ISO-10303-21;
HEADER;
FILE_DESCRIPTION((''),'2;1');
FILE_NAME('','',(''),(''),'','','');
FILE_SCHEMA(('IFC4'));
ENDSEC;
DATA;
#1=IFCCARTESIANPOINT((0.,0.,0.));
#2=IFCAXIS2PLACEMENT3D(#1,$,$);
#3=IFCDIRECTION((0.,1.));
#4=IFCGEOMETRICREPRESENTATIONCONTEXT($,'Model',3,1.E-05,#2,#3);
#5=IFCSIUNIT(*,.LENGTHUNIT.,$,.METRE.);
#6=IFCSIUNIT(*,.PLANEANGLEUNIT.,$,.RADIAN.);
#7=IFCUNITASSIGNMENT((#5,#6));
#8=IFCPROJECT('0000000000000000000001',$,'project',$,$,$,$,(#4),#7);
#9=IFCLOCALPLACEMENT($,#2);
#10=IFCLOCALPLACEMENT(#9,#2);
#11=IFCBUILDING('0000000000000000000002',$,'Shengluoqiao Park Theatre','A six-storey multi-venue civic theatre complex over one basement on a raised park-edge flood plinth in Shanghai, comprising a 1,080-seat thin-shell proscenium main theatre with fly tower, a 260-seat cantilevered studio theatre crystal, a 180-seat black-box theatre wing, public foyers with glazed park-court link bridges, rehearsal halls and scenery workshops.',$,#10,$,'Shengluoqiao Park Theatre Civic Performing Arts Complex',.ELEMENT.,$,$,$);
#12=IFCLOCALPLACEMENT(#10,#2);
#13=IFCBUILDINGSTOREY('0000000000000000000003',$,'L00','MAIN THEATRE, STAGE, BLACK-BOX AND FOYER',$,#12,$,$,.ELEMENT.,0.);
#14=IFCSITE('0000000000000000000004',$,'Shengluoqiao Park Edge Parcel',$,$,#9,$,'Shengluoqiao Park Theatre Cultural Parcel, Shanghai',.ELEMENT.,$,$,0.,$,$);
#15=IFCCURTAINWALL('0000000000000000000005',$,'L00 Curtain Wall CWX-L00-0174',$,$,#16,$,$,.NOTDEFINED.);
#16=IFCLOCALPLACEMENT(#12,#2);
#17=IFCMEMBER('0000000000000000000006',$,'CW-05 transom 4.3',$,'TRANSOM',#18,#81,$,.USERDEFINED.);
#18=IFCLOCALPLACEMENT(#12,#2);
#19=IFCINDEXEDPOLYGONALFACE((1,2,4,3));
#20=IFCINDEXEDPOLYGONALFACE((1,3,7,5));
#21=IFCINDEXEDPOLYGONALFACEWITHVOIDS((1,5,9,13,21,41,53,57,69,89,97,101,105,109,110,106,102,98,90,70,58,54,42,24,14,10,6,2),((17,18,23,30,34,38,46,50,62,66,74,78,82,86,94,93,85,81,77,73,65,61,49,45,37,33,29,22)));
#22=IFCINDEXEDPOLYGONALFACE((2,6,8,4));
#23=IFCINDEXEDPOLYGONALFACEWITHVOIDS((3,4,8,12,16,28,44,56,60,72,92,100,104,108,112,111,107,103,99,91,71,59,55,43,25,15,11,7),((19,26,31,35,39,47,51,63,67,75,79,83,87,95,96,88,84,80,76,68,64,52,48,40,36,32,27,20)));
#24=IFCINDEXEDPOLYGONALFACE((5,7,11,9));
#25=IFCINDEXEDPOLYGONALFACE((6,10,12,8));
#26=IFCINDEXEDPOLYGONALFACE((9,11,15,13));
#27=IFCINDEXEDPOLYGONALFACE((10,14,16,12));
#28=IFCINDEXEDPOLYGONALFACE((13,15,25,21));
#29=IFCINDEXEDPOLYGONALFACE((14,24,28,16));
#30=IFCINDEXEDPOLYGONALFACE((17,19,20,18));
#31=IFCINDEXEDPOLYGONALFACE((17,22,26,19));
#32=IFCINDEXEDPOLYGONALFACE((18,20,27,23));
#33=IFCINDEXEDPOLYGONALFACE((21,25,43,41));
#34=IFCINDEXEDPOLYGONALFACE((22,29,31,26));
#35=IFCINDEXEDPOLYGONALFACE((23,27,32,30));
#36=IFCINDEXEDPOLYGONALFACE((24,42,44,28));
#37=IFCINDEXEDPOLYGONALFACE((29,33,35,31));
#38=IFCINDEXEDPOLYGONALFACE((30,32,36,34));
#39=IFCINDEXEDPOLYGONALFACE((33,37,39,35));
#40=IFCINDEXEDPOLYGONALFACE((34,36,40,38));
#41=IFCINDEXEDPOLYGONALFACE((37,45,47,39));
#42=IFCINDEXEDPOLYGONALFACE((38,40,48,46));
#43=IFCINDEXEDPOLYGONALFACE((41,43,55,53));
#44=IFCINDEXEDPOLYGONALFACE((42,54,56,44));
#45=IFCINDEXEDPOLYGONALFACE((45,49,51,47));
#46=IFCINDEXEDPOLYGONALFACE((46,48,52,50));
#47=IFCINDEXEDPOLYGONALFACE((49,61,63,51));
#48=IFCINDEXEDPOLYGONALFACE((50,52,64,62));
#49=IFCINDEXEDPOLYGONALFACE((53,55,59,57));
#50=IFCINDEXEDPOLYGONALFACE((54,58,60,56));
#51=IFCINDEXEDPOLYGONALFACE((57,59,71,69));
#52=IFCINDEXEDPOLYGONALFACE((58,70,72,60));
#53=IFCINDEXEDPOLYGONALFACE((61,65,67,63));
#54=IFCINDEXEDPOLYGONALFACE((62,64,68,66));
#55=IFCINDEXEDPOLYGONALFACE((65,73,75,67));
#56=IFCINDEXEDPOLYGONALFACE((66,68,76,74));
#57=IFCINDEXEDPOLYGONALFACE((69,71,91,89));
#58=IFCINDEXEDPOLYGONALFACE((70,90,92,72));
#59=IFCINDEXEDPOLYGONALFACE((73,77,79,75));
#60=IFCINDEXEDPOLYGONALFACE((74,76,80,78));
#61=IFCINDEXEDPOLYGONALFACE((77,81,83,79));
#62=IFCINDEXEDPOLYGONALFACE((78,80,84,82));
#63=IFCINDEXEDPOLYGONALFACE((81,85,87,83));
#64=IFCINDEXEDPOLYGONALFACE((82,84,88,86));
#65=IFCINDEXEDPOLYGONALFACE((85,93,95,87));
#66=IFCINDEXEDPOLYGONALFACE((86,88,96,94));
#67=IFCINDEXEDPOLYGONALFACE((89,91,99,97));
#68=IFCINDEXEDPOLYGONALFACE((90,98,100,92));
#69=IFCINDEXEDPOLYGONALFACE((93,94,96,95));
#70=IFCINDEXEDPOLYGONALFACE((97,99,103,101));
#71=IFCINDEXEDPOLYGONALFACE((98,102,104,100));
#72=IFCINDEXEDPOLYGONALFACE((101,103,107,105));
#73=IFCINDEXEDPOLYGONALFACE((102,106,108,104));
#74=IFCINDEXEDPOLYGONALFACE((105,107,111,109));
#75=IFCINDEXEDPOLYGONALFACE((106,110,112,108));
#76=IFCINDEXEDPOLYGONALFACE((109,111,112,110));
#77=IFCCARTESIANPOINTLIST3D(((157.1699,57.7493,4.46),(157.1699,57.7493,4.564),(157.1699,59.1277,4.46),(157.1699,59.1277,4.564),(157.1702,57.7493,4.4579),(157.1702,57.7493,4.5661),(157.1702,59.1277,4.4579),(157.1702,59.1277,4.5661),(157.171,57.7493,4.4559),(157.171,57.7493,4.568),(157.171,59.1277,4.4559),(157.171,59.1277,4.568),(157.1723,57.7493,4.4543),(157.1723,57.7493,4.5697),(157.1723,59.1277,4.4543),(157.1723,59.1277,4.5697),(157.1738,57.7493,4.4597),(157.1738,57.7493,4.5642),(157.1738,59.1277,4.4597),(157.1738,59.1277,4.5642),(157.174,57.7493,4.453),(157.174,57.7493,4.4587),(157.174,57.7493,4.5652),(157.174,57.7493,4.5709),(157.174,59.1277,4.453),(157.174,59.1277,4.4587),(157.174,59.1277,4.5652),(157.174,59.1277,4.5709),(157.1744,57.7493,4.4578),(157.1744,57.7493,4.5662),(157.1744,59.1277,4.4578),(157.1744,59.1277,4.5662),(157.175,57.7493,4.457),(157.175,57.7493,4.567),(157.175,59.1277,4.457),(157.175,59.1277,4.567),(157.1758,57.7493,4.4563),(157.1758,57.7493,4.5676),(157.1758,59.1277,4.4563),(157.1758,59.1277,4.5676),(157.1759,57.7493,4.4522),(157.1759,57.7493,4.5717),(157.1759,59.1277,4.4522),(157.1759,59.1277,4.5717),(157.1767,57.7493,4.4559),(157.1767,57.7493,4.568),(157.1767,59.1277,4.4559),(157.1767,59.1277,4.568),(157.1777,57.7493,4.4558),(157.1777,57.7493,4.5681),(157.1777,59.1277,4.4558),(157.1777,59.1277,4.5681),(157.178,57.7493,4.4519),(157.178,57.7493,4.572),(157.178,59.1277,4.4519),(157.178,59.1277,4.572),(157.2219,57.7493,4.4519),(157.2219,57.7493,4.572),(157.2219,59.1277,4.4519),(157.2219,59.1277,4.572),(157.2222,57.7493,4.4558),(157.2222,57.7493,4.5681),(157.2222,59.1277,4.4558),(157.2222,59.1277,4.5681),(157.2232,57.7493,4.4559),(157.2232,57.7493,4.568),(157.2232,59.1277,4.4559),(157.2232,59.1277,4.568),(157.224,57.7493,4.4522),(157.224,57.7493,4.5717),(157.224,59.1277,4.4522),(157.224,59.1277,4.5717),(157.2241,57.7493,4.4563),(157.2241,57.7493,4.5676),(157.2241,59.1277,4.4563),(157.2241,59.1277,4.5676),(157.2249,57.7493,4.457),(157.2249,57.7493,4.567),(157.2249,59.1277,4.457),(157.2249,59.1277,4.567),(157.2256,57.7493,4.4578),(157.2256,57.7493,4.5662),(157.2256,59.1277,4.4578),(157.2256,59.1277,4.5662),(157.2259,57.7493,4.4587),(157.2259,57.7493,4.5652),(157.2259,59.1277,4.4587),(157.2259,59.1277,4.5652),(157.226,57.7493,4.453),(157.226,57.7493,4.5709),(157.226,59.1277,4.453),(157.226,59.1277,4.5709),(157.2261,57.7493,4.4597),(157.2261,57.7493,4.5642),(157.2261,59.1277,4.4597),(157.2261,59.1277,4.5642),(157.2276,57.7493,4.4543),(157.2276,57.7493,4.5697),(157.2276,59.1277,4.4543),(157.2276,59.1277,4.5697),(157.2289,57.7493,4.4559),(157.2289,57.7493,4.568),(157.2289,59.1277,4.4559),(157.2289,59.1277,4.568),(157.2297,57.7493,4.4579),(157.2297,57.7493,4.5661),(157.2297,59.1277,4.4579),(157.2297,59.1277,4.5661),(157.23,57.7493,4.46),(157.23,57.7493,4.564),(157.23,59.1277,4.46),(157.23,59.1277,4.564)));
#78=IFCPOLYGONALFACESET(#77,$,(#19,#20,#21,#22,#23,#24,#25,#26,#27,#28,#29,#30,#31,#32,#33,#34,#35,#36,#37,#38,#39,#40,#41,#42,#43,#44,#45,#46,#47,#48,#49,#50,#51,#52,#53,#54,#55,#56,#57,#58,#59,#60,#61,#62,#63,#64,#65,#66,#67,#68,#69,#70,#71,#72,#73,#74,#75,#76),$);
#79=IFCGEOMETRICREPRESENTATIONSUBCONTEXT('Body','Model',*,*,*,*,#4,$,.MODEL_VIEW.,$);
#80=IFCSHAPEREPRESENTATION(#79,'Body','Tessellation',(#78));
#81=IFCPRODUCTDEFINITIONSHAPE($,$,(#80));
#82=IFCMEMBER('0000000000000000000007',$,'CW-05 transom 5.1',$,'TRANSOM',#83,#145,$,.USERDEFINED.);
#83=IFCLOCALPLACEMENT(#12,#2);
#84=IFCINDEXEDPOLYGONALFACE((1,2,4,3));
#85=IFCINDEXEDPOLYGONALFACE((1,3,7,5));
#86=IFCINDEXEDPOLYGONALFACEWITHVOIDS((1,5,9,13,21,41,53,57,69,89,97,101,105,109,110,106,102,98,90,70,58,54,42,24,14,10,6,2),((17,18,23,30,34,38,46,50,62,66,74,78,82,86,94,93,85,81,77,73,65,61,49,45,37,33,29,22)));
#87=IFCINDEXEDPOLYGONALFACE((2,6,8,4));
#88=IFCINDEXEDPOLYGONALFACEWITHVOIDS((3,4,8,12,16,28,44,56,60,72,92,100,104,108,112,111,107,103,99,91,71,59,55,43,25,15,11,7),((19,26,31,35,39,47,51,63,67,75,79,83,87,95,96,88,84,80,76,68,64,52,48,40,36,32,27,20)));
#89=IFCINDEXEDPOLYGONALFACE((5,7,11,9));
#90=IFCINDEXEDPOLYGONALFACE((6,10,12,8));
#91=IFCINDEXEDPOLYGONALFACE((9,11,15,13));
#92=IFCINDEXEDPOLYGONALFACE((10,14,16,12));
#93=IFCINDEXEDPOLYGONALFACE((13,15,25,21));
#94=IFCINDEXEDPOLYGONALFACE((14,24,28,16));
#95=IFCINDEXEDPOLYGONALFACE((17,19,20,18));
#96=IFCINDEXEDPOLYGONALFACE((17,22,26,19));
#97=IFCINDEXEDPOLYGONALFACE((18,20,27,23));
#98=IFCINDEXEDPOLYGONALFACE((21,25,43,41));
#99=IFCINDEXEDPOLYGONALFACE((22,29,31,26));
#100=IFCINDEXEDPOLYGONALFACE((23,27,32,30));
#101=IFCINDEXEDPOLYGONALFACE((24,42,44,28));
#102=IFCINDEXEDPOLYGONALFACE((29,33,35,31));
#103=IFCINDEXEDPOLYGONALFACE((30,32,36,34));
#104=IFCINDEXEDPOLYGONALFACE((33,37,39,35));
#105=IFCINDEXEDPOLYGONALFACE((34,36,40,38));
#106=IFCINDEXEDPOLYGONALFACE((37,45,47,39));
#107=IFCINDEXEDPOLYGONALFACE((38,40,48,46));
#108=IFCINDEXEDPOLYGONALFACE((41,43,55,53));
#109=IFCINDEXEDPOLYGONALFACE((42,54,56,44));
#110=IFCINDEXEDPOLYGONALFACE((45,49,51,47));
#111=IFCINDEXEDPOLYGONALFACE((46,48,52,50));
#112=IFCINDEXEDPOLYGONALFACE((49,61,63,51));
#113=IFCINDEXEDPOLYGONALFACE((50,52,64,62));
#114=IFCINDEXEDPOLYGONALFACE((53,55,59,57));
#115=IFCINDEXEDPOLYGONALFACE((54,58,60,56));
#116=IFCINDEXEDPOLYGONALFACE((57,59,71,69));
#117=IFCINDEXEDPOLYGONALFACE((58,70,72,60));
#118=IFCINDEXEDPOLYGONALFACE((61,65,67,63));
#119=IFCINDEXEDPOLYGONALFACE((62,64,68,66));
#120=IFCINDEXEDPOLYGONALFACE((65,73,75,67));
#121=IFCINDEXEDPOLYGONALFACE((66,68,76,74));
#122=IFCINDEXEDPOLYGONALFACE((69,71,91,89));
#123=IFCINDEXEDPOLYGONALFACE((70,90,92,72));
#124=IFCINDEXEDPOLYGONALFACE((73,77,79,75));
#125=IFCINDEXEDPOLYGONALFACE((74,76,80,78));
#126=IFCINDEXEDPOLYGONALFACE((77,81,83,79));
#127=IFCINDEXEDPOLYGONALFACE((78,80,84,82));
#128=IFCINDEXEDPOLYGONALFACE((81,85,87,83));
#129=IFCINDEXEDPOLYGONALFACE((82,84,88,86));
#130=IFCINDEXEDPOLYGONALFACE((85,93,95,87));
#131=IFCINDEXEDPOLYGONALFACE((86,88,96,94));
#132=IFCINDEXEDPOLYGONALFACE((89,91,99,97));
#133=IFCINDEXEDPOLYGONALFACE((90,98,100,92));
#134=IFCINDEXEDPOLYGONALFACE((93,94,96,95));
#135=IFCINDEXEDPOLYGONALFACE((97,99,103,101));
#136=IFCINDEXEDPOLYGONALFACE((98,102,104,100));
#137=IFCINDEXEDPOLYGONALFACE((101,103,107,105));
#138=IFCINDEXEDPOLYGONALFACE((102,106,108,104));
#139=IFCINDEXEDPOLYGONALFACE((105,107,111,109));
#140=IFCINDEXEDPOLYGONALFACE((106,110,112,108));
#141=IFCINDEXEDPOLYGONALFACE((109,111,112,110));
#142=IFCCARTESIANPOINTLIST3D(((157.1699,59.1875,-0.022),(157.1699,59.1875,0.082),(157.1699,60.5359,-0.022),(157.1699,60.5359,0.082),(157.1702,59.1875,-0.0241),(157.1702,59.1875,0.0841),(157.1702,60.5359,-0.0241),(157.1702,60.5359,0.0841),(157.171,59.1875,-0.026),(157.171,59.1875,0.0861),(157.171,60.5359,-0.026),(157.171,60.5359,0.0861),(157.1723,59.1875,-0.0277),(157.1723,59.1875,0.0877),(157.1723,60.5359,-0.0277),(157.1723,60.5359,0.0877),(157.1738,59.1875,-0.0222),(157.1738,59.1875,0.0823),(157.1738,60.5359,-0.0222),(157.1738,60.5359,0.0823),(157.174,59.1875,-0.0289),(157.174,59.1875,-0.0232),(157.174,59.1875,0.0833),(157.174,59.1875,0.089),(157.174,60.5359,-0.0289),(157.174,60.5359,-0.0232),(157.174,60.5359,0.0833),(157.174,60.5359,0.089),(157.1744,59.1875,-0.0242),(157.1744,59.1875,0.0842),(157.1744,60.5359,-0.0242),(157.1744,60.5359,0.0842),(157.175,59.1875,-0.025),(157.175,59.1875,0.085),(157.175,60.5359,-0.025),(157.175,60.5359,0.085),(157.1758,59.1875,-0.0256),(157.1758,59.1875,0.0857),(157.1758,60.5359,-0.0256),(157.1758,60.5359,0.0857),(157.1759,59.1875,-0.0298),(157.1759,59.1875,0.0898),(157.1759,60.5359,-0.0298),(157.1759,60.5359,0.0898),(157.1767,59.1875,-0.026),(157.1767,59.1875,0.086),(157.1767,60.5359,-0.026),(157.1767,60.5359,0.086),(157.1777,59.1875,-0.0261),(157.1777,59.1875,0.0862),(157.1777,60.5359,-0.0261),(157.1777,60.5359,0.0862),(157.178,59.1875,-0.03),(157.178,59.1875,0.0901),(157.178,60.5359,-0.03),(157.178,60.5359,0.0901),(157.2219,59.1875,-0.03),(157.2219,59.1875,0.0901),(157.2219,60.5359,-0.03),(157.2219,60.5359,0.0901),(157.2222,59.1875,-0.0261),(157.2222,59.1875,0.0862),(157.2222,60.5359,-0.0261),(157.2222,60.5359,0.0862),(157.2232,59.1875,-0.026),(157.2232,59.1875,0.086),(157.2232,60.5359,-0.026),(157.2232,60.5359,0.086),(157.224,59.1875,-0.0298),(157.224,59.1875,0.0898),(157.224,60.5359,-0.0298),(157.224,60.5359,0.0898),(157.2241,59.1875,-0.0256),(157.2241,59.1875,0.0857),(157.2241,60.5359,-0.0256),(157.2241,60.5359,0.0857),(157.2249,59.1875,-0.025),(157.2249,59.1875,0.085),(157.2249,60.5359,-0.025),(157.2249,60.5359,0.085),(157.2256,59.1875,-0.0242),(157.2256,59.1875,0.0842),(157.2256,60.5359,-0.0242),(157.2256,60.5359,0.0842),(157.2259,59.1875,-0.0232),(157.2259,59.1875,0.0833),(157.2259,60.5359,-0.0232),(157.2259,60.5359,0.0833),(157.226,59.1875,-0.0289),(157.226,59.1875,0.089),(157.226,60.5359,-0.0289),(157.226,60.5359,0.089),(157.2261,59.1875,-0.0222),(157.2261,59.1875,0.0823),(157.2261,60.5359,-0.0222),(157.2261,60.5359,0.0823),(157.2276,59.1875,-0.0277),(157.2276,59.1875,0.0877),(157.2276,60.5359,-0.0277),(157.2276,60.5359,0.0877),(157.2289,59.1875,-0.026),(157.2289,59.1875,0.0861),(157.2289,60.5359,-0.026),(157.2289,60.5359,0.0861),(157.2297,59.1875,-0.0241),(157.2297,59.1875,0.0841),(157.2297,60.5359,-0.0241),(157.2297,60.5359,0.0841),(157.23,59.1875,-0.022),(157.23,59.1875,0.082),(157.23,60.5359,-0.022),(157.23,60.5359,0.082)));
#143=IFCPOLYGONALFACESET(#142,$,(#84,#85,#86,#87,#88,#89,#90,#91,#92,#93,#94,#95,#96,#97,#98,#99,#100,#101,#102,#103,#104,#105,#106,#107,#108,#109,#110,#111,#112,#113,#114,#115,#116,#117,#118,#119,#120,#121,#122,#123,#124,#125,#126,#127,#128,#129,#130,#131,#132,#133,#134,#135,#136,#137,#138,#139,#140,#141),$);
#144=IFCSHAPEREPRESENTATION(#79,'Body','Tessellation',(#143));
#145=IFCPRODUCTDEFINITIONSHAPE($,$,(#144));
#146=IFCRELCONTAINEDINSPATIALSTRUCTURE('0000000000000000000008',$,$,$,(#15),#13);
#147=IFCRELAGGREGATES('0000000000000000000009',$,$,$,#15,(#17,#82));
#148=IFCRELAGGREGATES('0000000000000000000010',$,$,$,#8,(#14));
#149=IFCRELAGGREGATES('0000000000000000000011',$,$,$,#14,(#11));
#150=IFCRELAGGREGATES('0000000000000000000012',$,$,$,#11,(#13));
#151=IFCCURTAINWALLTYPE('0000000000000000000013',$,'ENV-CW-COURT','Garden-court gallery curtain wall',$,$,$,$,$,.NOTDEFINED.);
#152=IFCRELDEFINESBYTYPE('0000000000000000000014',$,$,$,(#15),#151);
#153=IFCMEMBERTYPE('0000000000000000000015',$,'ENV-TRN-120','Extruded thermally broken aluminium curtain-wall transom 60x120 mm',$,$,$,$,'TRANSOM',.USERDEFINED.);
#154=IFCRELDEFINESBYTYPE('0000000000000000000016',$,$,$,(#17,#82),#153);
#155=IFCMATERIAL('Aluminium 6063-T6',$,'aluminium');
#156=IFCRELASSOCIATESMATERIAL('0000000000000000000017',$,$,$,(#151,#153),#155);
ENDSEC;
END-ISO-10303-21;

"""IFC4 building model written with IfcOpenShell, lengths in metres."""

from ifc_helpers import new_model, si_unit, direction, frame, origin, origin_2d, place, context, subcontext, project, spatial, hollow_rectangle, extrude, material, material_profile, profile_set, type_object, element, aggregate, save


model = new_model("IFC4")

# Units and contexts
model_context = context("Model", 3, precision=1e-05, world=origin(), true_north=direction((0.0, 1.0)))
body_context = subcontext(model_context, "Body", "Model", "MODEL_VIEW")
ifc_project = project(units=[si_unit("LENGTHUNIT", "METRE"), si_unit("PLANEANGLEUNIT", "RADIAN")], contexts=[model_context])

# Site, building, storey
site_placement = place(None, origin())
site = spatial("IfcSite", under=ifc_project, at=site_placement, Name="Shengluoqiao Park Edge Parcel", LongName="Shengluoqiao Park Theatre Cultural Parcel, Shanghai", CompositionType="ELEMENT", RefElevation=0.0)
building_placement = place(site_placement, origin())
building = spatial("IfcBuilding", under=site, at=building_placement, Name="Shengluoqiao Park Theatre", Description="A six-storey multi-venue civic theatre complex over one basement on a raised park-edge flood plinth in Shanghai, comprising a 1,080-seat thin-shell proscenium main theatre with fly tower, a 260-seat cantilevered studio theatre crystal, a 180-seat black-box theatre wing, public foyers with glazed park-court link bridges, rehearsal halls and scenery workshops.", LongName="Shengluoqiao Park Theatre Civic Performing Arts Complex", CompositionType="ELEMENT")
storey_placement = place(building_placement, origin())
storey = spatial("IfcBuildingStorey", under=building, at=storey_placement, Name="L00", Description="MAIN THEATRE, STAGE, BLACK-BOX AND FOYER", CompositionType="ELEMENT", Elevation=0.0)

# Curtain wall, members
ifc_material_1 = material(Name="Aluminium 6063-T6", Category="aluminium")
curtain_wall_type = type_object("IfcCurtainWallType", Name="ENV-CW-COURT", Description="Garden-court gallery curtain wall", PredefinedType="NOTDEFINED", material=ifc_material_1)
curtain_wall_placement = place(storey_placement, origin())
curtain_wall = element("IfcCurtainWall", 1, at=curtain_wall_placement, inside=storey, type_object=curtain_wall_type, Name="L00 Curtain Wall CWX-L00-0174", PredefinedType="NOTDEFINED")
ifc_material_profile_1 = material_profile(ifc_material_1, hollow_rectangle(XDim=0.0601, YDim=0.1201, WallThickness=0.0039, InnerFilletRadius=0.0039, OuterFilletRadius=0.0081, at=origin_2d()), Name="ALU TRANSOM 120x60x4")
ifc_profile_set_1 = profile_set([ifc_material_profile_1], Name="Aluminium 6063-T6")
member_type_1 = type_object("IfcMemberType", Name="ENV-TRN-120", Description="Extruded thermally broken aluminium curtain-wall transom 60x120 mm", ElementType="TRANSOM", PredefinedType="USERDEFINED", material=ifc_profile_set_1)
member_1_placement = place(storey_placement, frame((157.2, 57.7493, 4.512), z_axis=(0.0, 1.0, 0.0), x_axis=(-1.0, 0.0, 0.0)))
member_1 = element("IfcMember", 2, at=member_1_placement, type_object=member_type_1, Name="CW-05 transom 4.3", ObjectType="TRANSOM", PredefinedType="USERDEFINED", context=body_context, shape_type="SweptSolid", body=[
    extrude(hollow_rectangle(XDim=0.0601, YDim=0.1201, WallThickness=0.0039, InnerFilletRadius=0.0039, OuterFilletRadius=0.0081, at=origin_2d()), origin(), (0.0, 0.0, 1.0), 1.3784),
])
member_2_placement = place(storey_placement, frame((157.2, 59.1875, 0.03), z_axis=(0.0, 1.0, 0.0), x_axis=(-1.0, 0.0, 0.0)))
member_2 = element("IfcMember", 3, at=member_2_placement, type_object=member_type_1, Name="CW-05 transom 5.1", ObjectType="TRANSOM", PredefinedType="USERDEFINED", context=body_context, shape_type="SweptSolid", body=[
    extrude(hollow_rectangle(XDim=0.0601, YDim=0.1201, WallThickness=0.0039, InnerFilletRadius=0.0039, OuterFilletRadius=0.0081, at=origin_2d()), origin(), (0.0, 0.0, 1.0), 1.3484),
])
aggregate(curtain_wall, [member_1, member_2])

save(model, "model.ifc")
